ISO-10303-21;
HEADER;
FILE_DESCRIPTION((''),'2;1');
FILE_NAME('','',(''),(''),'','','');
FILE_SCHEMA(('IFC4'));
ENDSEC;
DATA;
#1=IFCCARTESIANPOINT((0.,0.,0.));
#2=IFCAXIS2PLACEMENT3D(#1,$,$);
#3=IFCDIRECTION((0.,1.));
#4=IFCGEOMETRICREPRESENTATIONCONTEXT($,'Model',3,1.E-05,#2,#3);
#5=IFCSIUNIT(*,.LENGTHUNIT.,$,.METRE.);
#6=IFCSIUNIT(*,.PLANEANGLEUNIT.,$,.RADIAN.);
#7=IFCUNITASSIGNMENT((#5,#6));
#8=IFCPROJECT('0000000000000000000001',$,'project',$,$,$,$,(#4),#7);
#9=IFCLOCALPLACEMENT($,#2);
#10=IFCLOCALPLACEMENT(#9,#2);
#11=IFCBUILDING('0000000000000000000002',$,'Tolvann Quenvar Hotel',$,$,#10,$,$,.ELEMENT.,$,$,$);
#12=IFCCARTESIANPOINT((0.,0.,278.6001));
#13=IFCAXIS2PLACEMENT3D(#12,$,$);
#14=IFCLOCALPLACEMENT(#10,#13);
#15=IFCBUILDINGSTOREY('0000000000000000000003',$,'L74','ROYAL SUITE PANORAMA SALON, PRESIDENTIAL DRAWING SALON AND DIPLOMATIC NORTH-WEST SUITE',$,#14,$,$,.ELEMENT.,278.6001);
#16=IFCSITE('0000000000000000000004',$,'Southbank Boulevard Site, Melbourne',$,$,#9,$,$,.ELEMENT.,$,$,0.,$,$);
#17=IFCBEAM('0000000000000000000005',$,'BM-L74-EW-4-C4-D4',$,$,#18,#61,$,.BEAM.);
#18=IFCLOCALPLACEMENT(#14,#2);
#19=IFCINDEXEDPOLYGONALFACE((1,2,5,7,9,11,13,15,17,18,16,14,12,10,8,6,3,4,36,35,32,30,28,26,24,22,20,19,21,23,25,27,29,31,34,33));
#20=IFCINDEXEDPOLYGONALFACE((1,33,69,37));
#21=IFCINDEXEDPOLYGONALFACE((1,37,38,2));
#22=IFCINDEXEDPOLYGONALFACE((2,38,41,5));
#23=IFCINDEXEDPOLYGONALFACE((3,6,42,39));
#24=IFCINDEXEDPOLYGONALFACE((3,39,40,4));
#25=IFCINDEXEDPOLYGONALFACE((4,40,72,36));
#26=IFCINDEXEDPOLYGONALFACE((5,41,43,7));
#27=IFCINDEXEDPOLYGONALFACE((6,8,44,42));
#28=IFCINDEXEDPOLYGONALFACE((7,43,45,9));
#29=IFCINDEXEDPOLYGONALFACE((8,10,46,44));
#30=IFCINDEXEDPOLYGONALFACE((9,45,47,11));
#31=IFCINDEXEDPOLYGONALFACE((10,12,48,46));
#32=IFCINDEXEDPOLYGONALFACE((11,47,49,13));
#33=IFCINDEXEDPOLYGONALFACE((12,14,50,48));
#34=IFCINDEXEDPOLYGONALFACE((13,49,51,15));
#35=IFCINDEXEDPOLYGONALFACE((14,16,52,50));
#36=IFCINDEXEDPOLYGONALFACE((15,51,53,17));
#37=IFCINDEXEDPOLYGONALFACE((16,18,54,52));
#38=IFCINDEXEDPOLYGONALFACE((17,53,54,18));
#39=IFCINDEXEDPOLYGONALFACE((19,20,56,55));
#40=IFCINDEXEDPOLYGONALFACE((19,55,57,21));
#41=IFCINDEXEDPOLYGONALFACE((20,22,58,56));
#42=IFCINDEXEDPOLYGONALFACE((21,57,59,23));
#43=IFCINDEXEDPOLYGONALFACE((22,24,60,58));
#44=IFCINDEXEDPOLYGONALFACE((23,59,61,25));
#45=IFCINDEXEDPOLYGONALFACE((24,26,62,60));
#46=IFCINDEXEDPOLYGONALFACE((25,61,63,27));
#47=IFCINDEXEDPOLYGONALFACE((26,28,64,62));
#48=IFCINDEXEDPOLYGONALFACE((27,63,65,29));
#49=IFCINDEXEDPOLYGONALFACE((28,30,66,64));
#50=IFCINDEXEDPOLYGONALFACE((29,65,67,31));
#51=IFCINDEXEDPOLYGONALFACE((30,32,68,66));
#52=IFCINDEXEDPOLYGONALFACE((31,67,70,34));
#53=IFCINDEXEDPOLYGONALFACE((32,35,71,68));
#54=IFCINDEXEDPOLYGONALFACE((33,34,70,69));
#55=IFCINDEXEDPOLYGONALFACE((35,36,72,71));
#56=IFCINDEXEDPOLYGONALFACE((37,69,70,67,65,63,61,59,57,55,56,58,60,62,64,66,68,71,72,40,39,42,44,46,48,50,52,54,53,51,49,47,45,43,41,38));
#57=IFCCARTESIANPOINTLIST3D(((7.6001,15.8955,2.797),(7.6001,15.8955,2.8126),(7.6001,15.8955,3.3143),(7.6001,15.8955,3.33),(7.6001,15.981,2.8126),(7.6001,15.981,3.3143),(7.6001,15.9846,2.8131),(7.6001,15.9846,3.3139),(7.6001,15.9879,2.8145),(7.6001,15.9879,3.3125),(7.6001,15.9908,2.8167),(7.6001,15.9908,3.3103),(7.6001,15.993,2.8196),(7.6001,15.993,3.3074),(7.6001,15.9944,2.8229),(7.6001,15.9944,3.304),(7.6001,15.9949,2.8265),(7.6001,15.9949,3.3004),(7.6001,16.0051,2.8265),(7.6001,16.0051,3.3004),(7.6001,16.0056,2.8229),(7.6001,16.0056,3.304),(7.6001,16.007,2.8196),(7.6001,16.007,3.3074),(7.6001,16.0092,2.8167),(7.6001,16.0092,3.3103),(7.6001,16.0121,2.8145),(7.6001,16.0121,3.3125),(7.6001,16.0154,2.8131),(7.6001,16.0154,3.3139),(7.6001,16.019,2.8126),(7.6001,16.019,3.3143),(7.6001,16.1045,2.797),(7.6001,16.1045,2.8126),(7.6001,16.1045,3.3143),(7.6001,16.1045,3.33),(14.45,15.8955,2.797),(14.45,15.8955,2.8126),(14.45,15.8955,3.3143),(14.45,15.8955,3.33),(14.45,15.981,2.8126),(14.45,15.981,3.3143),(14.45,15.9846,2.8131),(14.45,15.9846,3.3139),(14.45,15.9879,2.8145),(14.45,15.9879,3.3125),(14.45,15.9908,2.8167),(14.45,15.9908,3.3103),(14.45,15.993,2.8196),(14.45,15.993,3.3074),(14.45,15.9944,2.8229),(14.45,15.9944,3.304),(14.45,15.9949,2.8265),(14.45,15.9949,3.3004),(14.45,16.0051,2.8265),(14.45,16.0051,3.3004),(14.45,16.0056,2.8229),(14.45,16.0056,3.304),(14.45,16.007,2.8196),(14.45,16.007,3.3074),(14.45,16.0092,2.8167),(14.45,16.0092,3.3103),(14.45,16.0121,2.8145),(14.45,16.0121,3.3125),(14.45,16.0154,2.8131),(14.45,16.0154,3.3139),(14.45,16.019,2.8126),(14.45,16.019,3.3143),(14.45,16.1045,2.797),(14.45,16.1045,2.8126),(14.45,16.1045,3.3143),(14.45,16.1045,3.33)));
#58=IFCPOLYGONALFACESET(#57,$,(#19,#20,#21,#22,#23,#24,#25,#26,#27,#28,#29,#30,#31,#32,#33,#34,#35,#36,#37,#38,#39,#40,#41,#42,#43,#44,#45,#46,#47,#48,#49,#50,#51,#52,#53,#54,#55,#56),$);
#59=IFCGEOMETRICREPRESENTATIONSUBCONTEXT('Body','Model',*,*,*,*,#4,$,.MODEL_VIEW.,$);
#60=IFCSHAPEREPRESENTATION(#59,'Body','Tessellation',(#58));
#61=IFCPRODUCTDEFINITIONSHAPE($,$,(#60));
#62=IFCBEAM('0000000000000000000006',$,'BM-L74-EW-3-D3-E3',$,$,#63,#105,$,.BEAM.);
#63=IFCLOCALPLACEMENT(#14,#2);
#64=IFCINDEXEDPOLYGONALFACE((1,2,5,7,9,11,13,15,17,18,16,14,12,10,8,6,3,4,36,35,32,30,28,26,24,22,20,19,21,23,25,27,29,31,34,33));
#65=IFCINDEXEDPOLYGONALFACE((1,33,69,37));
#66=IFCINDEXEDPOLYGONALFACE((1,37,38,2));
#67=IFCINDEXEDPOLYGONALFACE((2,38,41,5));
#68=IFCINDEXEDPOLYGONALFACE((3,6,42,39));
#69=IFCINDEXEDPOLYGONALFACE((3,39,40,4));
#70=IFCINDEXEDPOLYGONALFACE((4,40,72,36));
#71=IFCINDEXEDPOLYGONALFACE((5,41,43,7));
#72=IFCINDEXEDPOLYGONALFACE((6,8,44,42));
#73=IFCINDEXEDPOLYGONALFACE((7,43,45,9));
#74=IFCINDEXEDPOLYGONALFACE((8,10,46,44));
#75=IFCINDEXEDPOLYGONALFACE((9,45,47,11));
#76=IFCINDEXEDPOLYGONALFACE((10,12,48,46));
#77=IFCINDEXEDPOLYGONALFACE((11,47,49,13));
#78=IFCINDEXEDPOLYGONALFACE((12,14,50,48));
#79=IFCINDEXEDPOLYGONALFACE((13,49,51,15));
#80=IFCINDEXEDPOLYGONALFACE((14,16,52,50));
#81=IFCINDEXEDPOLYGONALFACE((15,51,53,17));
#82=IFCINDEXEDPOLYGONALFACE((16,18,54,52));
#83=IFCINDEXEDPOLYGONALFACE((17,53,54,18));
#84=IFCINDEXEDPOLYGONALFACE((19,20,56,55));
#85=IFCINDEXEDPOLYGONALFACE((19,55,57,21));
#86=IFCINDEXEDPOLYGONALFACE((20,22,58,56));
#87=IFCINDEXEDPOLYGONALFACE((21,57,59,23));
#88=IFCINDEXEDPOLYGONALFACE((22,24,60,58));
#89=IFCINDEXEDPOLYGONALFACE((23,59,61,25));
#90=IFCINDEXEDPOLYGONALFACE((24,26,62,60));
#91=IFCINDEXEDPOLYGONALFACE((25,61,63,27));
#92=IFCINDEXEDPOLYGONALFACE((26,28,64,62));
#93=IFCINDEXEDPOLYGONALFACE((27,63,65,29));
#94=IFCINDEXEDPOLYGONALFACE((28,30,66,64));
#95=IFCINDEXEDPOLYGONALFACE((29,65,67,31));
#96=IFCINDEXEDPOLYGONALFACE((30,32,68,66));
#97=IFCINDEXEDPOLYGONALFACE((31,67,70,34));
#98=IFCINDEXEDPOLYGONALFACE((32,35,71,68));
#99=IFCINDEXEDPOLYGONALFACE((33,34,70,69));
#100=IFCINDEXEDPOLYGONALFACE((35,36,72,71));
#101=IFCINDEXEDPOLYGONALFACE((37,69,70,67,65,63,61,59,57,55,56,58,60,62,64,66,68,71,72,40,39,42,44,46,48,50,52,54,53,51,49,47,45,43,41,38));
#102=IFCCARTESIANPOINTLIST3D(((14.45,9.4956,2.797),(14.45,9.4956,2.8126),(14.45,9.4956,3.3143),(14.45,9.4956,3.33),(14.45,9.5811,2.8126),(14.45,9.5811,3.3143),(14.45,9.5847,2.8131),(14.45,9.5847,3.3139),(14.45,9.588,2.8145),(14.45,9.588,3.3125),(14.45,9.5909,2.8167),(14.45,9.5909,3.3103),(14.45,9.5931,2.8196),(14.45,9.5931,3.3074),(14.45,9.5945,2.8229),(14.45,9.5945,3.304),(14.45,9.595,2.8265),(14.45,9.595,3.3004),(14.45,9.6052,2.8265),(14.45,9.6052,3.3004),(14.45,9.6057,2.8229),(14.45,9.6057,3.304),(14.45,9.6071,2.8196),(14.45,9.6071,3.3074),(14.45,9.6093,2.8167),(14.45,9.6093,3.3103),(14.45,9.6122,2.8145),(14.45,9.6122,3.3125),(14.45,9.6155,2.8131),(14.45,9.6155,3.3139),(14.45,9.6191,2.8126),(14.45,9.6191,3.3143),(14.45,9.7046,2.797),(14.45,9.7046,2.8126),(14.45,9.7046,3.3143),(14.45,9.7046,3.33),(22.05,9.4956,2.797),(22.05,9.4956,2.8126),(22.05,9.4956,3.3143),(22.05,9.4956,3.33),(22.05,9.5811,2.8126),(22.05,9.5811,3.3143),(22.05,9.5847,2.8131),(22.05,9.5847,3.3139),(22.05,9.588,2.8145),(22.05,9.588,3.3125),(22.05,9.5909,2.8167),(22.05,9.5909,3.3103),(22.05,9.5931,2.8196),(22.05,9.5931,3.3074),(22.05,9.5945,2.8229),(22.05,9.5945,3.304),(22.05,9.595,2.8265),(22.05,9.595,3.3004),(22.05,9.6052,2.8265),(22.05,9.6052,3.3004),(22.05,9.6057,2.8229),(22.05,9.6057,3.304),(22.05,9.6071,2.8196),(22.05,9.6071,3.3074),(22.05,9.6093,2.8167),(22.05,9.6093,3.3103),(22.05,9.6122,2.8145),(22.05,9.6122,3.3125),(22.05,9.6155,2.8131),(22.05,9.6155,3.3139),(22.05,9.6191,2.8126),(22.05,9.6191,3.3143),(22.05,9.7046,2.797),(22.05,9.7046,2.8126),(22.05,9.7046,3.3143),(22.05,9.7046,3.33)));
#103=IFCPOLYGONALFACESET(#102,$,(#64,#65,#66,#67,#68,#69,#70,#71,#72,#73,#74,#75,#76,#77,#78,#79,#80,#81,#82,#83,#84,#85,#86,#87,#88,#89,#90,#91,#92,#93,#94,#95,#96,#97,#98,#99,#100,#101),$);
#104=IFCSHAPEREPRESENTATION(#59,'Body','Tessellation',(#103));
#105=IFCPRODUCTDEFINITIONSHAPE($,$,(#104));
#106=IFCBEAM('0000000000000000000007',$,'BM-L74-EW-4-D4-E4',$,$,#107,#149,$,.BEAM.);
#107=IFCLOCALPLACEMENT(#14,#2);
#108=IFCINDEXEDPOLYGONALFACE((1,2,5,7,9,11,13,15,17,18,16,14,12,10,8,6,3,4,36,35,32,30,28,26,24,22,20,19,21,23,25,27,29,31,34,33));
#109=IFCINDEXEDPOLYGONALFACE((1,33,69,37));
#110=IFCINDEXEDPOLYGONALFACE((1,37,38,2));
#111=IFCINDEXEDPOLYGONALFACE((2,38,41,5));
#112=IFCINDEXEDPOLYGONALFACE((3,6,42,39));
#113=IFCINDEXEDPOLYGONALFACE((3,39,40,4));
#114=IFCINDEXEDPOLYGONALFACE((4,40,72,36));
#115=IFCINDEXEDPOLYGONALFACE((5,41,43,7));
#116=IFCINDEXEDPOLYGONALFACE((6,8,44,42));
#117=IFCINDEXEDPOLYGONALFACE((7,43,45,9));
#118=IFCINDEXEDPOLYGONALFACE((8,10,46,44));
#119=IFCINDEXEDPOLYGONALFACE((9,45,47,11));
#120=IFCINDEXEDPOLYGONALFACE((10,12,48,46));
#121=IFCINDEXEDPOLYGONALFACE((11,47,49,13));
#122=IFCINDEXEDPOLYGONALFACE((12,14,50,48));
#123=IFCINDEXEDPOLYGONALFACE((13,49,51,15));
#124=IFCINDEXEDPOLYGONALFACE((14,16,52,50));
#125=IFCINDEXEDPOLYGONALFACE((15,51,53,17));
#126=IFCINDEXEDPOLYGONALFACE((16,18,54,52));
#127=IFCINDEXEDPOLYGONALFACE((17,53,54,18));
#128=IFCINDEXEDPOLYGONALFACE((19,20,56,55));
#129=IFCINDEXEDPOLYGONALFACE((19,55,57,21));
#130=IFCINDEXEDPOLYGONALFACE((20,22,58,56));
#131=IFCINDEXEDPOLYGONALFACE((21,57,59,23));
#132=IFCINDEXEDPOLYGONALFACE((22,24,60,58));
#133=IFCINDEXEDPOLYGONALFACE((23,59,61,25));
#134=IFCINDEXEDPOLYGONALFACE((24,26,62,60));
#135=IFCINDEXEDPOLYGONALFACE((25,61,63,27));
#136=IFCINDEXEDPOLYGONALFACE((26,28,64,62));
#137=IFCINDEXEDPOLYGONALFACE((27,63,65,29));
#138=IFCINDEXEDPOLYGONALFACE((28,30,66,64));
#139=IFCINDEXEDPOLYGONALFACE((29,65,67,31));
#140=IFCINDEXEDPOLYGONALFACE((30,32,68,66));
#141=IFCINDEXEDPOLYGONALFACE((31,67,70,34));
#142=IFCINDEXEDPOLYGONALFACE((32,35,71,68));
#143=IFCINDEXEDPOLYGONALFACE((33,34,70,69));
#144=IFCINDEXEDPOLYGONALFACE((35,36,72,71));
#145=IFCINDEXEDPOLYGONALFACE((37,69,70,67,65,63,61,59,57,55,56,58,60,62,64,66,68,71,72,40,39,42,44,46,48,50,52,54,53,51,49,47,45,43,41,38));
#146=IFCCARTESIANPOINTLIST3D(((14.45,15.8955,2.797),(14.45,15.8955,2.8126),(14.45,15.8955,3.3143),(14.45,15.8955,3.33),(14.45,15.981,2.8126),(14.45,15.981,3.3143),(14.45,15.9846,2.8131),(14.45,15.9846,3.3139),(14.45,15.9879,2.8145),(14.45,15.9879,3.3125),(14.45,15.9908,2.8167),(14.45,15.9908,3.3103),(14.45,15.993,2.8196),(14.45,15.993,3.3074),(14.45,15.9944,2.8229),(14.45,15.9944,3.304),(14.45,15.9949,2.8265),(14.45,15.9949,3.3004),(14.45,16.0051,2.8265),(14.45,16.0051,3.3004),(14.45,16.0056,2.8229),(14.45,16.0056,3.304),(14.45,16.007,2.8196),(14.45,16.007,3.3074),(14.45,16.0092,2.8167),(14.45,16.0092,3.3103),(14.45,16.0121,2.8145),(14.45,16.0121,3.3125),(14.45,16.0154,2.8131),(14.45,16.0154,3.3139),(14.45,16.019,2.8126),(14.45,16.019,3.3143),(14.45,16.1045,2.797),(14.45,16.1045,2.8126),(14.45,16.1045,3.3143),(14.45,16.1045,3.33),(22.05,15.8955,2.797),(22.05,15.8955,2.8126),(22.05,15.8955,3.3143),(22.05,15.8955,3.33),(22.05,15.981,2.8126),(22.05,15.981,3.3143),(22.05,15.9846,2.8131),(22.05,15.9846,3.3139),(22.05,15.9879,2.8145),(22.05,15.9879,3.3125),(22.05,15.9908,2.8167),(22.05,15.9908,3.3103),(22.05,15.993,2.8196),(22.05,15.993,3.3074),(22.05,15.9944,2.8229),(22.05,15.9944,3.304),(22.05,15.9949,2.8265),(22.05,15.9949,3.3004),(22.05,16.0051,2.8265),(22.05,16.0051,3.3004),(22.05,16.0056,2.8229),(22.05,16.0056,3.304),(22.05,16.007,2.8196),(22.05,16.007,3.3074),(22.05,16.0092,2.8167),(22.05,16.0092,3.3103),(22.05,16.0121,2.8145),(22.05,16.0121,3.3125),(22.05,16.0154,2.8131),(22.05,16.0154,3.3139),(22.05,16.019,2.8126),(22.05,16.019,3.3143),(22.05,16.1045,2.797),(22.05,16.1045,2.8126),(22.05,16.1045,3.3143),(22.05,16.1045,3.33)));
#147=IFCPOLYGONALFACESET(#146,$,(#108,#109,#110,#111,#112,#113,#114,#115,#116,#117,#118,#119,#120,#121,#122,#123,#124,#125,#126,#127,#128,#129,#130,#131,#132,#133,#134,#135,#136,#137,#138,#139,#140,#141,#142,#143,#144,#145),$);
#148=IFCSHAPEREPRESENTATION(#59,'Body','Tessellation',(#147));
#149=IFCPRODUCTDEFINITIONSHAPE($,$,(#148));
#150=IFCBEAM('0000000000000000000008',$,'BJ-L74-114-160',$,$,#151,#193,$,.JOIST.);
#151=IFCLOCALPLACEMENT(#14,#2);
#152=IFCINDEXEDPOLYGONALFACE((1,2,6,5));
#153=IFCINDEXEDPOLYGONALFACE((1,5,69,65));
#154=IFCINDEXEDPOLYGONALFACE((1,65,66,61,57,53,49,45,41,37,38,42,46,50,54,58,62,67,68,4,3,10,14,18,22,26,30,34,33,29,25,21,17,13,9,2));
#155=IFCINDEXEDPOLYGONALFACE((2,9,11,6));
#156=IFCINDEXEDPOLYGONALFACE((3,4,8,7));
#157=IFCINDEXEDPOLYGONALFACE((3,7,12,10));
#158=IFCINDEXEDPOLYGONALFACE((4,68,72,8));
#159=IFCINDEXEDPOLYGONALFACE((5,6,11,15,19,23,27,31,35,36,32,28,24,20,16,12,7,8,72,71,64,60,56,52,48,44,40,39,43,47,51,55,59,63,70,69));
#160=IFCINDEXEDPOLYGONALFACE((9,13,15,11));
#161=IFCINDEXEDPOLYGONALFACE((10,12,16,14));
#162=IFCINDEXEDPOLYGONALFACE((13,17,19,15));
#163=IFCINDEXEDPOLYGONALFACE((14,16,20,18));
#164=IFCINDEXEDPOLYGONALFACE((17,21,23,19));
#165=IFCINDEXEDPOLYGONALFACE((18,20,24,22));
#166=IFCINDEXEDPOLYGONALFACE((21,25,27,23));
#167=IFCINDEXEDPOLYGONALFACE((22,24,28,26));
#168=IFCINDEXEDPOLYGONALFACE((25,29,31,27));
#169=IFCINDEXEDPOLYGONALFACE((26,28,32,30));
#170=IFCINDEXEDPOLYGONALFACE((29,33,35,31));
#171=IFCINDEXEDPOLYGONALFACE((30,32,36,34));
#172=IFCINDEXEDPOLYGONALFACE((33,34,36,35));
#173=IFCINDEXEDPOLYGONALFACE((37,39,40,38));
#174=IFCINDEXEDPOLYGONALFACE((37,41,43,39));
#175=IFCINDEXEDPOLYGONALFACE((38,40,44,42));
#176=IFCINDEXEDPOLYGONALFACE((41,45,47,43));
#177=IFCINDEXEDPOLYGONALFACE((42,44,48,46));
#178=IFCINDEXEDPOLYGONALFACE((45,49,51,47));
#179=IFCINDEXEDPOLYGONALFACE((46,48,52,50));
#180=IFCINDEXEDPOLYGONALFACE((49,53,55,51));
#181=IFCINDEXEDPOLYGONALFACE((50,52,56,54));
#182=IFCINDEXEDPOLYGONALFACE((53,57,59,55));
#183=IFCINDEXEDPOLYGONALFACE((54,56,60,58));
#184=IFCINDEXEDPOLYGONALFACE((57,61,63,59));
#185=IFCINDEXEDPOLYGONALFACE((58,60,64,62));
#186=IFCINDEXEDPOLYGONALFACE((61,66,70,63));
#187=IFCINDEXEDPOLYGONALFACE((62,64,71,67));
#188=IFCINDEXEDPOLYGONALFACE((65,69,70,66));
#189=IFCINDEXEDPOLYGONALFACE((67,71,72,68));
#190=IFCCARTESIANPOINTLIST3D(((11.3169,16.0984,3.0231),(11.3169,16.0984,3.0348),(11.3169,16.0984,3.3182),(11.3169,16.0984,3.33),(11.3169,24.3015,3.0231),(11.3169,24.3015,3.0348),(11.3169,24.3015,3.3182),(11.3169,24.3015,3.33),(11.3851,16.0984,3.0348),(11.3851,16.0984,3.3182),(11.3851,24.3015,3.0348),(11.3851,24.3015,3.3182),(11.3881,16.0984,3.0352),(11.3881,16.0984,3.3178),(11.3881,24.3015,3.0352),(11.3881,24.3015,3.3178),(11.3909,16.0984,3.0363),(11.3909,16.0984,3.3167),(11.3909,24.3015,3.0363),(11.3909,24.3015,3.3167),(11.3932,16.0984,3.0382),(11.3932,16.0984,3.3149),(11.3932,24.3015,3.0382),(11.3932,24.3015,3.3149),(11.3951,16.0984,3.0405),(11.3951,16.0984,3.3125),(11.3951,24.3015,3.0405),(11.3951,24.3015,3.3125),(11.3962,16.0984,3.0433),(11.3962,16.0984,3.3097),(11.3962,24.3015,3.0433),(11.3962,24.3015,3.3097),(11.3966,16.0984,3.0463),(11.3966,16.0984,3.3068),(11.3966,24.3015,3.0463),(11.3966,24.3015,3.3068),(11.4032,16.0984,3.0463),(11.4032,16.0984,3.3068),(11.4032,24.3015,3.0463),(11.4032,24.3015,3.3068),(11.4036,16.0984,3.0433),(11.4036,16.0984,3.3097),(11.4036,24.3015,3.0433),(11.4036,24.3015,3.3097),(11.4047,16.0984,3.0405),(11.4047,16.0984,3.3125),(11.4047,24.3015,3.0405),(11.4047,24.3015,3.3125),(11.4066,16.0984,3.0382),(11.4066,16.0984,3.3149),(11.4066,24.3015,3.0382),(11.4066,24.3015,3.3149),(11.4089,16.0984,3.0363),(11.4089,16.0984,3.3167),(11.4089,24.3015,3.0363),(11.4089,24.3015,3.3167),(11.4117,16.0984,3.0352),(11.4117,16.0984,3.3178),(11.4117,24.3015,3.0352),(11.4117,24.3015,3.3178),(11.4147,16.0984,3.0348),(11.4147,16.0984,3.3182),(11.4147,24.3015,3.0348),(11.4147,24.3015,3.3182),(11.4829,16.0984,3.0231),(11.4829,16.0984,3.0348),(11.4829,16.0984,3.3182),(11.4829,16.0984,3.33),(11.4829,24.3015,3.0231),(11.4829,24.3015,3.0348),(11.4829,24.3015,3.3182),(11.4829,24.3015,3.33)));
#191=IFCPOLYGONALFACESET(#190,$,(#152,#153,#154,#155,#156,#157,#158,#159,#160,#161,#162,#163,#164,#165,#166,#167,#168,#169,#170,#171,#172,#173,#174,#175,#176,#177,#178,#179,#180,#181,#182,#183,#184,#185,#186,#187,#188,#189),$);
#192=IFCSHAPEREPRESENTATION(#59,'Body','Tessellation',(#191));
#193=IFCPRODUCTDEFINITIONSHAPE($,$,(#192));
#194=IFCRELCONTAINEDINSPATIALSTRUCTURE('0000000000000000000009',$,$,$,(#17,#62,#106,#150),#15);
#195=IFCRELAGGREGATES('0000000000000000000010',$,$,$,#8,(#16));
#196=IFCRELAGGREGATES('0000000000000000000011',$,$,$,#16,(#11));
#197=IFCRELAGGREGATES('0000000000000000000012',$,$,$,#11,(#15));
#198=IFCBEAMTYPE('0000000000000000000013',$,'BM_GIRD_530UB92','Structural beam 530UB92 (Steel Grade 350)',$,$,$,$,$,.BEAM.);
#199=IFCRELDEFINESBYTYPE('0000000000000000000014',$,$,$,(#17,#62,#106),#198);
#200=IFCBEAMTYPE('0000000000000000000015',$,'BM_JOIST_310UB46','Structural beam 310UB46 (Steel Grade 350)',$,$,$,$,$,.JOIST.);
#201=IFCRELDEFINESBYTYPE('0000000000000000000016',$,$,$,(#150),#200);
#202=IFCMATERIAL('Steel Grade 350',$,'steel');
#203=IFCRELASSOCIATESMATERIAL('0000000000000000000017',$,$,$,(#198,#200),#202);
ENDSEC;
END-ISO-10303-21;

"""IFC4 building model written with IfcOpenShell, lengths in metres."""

from ifc_helpers import new_model, si_unit, direction, frame, origin, origin_2d, place, context, subcontext, project, spatial, i_section, extrude, source, transform, mapped, material, material_profile, profile_set, type_object, element, save


model = new_model("IFC4")

# Units and contexts
model_context = context("Model", 3, precision=1e-05, world=origin(), true_north=direction((0.0, 1.0)))
body_context = subcontext(model_context, "Body", "Model", "MODEL_VIEW")
ifc_project = project(units=[si_unit("LENGTHUNIT", "METRE"), si_unit("PLANEANGLEUNIT", "RADIAN")], contexts=[model_context])

# Site, building, storey
site_placement = place(None, origin())
site = spatial("IfcSite", under=ifc_project, at=site_placement, Name="Southbank Boulevard Site, Melbourne", CompositionType="ELEMENT", RefElevation=0.0)
building_placement = place(site_placement, origin())
building = spatial("IfcBuilding", under=site, at=building_placement, Name="Tolvann Quenvar Hotel", CompositionType="ELEMENT")
storey_placement = place(building_placement, frame((0.0, 0.0, 278.6001)))
storey = spatial("IfcBuildingStorey", under=building, at=storey_placement, Name="L74", Description="ROYAL SUITE PANORAMA SALON, PRESIDENTIAL DRAWING SALON AND DIPLOMATIC NORTH-WEST SUITE", CompositionType="ELEMENT", Elevation=278.6001)

# Shared definitions
ifc_material_1 = material(Name="Steel Grade 350", Category="steel")

# Beams
ifc_material_profile_1 = material_profile(ifc_material_1, i_section(OverallWidth=0.209, OverallDepth=0.533, WebThickness=0.0103, FlangeThickness=0.0156, FilletRadius=0.0139, at=origin_2d()), Name="530UB92")
ifc_profile_set_1 = profile_set([ifc_material_profile_1], Name="Steel Grade 350")
beam_type_1 = type_object("IfcBeamType", Name="BM_GIRD_530UB92", Description="Structural beam 530UB92 (Steel Grade 350)", PredefinedType="BEAM", material=ifc_profile_set_1)
shared_shape_1 = source(origin(), body_context, "Body", "SweptSolid", [
    extrude(i_section(OverallWidth=0.209, OverallDepth=0.533, WebThickness=0.0103, FlangeThickness=0.0156, FilletRadius=0.0139, at=origin_2d()), origin(), (0.0, 0.0, 1.0), 6.8499),
])
for number, where, z_axis, x_axis, name in (
    (1, (7.6001, 16.0, 3.0635), (1.0, 0.0, 0.0), (0.0, 1.0, 0.0), "BM-L74-EW-4-C4-D4"),
):
    element("IfcBeam", number, at=place(storey_placement, frame(where, z_axis=z_axis, x_axis=x_axis)), inside=storey, type_object=beam_type_1, Name=name, PredefinedType="BEAM", context=body_context, shape_type="MappedRepresentation", body=[
        mapped(shared_shape_1, transform((0.0, 0.0, 0.0), x_axis=(1.0, 0.0, 0.0), y_axis=(0.0, 1.0, 0.0), z_axis=(0.0, 0.0, 1.0), scale=1.0)),
    ])
shared_shape_2 = source(origin(), body_context, "Body", "SweptSolid", [
    extrude(i_section(OverallWidth=0.209, OverallDepth=0.533, WebThickness=0.0103, FlangeThickness=0.0156, FilletRadius=0.0139, at=origin_2d()), origin(), (0.0, 0.0, 1.0), 7.6001),
])
for number, where, z_axis, x_axis, name in (
    (2, (14.45, 9.6001, 3.0635), (1.0, 0.0, 0.0), (0.0, 1.0, 0.0), "BM-L74-EW-3-D3-E3"),
    (3, (14.45, 16.0, 3.0635), (1.0, 0.0, 0.0), (0.0, 1.0, 0.0), "BM-L74-EW-4-D4-E4"),
):
    element("IfcBeam", number, at=place(storey_placement, frame(where, z_axis=z_axis, x_axis=x_axis)), inside=storey, type_object=beam_type_1, Name=name, PredefinedType="BEAM", context=body_context, shape_type="MappedRepresentation", body=[
        mapped(shared_shape_2, transform((0.0, 0.0, 0.0), x_axis=(1.0, 0.0, 0.0), y_axis=(0.0, 1.0, 0.0), z_axis=(0.0, 0.0, 1.0), scale=1.0)),
    ])
ifc_material_profile_2 = material_profile(ifc_material_1, i_section(OverallWidth=0.166, OverallDepth=0.3069, WebThickness=0.0066, FlangeThickness=0.0117, FilletRadius=0.0115, at=origin_2d()), Name="310UB46")
ifc_profile_set_2 = profile_set([ifc_material_profile_2], Name="Steel Grade 350")
beam_type_2 = type_object("IfcBeamType", Name="BM_JOIST_310UB46", Description="Structural beam 310UB46 (Steel Grade 350)", PredefinedType="JOIST", material=ifc_profile_set_2)
shared_shape_3 = source(origin(), body_context, "Body", "SweptSolid", [
    extrude(i_section(OverallWidth=0.166, OverallDepth=0.3069, WebThickness=0.0066, FlangeThickness=0.0117, FilletRadius=0.0115, at=origin_2d()), origin(), (0.0, 0.0, 1.0), 8.2031),
])
beam_1_placement = place(storey_placement, frame((11.3999, 16.0984, 3.1765), z_axis=(0.0, 1.0, 0.0), x_axis=(-1.0, 0.0, 0.0)))
element("IfcBeam", 4, at=beam_1_placement, inside=storey, type_object=beam_type_2, Name="BJ-L74-114-160", PredefinedType="JOIST", context=body_context, shape_type="MappedRepresentation", body=[
    mapped(shared_shape_3, transform((0.0, 0.0, 0.0), x_axis=(1.0, 0.0, 0.0), y_axis=(0.0, 1.0, 0.0), z_axis=(0.0, 0.0, 1.0), scale=1.0)),
])

save(model, "model.ifc")
